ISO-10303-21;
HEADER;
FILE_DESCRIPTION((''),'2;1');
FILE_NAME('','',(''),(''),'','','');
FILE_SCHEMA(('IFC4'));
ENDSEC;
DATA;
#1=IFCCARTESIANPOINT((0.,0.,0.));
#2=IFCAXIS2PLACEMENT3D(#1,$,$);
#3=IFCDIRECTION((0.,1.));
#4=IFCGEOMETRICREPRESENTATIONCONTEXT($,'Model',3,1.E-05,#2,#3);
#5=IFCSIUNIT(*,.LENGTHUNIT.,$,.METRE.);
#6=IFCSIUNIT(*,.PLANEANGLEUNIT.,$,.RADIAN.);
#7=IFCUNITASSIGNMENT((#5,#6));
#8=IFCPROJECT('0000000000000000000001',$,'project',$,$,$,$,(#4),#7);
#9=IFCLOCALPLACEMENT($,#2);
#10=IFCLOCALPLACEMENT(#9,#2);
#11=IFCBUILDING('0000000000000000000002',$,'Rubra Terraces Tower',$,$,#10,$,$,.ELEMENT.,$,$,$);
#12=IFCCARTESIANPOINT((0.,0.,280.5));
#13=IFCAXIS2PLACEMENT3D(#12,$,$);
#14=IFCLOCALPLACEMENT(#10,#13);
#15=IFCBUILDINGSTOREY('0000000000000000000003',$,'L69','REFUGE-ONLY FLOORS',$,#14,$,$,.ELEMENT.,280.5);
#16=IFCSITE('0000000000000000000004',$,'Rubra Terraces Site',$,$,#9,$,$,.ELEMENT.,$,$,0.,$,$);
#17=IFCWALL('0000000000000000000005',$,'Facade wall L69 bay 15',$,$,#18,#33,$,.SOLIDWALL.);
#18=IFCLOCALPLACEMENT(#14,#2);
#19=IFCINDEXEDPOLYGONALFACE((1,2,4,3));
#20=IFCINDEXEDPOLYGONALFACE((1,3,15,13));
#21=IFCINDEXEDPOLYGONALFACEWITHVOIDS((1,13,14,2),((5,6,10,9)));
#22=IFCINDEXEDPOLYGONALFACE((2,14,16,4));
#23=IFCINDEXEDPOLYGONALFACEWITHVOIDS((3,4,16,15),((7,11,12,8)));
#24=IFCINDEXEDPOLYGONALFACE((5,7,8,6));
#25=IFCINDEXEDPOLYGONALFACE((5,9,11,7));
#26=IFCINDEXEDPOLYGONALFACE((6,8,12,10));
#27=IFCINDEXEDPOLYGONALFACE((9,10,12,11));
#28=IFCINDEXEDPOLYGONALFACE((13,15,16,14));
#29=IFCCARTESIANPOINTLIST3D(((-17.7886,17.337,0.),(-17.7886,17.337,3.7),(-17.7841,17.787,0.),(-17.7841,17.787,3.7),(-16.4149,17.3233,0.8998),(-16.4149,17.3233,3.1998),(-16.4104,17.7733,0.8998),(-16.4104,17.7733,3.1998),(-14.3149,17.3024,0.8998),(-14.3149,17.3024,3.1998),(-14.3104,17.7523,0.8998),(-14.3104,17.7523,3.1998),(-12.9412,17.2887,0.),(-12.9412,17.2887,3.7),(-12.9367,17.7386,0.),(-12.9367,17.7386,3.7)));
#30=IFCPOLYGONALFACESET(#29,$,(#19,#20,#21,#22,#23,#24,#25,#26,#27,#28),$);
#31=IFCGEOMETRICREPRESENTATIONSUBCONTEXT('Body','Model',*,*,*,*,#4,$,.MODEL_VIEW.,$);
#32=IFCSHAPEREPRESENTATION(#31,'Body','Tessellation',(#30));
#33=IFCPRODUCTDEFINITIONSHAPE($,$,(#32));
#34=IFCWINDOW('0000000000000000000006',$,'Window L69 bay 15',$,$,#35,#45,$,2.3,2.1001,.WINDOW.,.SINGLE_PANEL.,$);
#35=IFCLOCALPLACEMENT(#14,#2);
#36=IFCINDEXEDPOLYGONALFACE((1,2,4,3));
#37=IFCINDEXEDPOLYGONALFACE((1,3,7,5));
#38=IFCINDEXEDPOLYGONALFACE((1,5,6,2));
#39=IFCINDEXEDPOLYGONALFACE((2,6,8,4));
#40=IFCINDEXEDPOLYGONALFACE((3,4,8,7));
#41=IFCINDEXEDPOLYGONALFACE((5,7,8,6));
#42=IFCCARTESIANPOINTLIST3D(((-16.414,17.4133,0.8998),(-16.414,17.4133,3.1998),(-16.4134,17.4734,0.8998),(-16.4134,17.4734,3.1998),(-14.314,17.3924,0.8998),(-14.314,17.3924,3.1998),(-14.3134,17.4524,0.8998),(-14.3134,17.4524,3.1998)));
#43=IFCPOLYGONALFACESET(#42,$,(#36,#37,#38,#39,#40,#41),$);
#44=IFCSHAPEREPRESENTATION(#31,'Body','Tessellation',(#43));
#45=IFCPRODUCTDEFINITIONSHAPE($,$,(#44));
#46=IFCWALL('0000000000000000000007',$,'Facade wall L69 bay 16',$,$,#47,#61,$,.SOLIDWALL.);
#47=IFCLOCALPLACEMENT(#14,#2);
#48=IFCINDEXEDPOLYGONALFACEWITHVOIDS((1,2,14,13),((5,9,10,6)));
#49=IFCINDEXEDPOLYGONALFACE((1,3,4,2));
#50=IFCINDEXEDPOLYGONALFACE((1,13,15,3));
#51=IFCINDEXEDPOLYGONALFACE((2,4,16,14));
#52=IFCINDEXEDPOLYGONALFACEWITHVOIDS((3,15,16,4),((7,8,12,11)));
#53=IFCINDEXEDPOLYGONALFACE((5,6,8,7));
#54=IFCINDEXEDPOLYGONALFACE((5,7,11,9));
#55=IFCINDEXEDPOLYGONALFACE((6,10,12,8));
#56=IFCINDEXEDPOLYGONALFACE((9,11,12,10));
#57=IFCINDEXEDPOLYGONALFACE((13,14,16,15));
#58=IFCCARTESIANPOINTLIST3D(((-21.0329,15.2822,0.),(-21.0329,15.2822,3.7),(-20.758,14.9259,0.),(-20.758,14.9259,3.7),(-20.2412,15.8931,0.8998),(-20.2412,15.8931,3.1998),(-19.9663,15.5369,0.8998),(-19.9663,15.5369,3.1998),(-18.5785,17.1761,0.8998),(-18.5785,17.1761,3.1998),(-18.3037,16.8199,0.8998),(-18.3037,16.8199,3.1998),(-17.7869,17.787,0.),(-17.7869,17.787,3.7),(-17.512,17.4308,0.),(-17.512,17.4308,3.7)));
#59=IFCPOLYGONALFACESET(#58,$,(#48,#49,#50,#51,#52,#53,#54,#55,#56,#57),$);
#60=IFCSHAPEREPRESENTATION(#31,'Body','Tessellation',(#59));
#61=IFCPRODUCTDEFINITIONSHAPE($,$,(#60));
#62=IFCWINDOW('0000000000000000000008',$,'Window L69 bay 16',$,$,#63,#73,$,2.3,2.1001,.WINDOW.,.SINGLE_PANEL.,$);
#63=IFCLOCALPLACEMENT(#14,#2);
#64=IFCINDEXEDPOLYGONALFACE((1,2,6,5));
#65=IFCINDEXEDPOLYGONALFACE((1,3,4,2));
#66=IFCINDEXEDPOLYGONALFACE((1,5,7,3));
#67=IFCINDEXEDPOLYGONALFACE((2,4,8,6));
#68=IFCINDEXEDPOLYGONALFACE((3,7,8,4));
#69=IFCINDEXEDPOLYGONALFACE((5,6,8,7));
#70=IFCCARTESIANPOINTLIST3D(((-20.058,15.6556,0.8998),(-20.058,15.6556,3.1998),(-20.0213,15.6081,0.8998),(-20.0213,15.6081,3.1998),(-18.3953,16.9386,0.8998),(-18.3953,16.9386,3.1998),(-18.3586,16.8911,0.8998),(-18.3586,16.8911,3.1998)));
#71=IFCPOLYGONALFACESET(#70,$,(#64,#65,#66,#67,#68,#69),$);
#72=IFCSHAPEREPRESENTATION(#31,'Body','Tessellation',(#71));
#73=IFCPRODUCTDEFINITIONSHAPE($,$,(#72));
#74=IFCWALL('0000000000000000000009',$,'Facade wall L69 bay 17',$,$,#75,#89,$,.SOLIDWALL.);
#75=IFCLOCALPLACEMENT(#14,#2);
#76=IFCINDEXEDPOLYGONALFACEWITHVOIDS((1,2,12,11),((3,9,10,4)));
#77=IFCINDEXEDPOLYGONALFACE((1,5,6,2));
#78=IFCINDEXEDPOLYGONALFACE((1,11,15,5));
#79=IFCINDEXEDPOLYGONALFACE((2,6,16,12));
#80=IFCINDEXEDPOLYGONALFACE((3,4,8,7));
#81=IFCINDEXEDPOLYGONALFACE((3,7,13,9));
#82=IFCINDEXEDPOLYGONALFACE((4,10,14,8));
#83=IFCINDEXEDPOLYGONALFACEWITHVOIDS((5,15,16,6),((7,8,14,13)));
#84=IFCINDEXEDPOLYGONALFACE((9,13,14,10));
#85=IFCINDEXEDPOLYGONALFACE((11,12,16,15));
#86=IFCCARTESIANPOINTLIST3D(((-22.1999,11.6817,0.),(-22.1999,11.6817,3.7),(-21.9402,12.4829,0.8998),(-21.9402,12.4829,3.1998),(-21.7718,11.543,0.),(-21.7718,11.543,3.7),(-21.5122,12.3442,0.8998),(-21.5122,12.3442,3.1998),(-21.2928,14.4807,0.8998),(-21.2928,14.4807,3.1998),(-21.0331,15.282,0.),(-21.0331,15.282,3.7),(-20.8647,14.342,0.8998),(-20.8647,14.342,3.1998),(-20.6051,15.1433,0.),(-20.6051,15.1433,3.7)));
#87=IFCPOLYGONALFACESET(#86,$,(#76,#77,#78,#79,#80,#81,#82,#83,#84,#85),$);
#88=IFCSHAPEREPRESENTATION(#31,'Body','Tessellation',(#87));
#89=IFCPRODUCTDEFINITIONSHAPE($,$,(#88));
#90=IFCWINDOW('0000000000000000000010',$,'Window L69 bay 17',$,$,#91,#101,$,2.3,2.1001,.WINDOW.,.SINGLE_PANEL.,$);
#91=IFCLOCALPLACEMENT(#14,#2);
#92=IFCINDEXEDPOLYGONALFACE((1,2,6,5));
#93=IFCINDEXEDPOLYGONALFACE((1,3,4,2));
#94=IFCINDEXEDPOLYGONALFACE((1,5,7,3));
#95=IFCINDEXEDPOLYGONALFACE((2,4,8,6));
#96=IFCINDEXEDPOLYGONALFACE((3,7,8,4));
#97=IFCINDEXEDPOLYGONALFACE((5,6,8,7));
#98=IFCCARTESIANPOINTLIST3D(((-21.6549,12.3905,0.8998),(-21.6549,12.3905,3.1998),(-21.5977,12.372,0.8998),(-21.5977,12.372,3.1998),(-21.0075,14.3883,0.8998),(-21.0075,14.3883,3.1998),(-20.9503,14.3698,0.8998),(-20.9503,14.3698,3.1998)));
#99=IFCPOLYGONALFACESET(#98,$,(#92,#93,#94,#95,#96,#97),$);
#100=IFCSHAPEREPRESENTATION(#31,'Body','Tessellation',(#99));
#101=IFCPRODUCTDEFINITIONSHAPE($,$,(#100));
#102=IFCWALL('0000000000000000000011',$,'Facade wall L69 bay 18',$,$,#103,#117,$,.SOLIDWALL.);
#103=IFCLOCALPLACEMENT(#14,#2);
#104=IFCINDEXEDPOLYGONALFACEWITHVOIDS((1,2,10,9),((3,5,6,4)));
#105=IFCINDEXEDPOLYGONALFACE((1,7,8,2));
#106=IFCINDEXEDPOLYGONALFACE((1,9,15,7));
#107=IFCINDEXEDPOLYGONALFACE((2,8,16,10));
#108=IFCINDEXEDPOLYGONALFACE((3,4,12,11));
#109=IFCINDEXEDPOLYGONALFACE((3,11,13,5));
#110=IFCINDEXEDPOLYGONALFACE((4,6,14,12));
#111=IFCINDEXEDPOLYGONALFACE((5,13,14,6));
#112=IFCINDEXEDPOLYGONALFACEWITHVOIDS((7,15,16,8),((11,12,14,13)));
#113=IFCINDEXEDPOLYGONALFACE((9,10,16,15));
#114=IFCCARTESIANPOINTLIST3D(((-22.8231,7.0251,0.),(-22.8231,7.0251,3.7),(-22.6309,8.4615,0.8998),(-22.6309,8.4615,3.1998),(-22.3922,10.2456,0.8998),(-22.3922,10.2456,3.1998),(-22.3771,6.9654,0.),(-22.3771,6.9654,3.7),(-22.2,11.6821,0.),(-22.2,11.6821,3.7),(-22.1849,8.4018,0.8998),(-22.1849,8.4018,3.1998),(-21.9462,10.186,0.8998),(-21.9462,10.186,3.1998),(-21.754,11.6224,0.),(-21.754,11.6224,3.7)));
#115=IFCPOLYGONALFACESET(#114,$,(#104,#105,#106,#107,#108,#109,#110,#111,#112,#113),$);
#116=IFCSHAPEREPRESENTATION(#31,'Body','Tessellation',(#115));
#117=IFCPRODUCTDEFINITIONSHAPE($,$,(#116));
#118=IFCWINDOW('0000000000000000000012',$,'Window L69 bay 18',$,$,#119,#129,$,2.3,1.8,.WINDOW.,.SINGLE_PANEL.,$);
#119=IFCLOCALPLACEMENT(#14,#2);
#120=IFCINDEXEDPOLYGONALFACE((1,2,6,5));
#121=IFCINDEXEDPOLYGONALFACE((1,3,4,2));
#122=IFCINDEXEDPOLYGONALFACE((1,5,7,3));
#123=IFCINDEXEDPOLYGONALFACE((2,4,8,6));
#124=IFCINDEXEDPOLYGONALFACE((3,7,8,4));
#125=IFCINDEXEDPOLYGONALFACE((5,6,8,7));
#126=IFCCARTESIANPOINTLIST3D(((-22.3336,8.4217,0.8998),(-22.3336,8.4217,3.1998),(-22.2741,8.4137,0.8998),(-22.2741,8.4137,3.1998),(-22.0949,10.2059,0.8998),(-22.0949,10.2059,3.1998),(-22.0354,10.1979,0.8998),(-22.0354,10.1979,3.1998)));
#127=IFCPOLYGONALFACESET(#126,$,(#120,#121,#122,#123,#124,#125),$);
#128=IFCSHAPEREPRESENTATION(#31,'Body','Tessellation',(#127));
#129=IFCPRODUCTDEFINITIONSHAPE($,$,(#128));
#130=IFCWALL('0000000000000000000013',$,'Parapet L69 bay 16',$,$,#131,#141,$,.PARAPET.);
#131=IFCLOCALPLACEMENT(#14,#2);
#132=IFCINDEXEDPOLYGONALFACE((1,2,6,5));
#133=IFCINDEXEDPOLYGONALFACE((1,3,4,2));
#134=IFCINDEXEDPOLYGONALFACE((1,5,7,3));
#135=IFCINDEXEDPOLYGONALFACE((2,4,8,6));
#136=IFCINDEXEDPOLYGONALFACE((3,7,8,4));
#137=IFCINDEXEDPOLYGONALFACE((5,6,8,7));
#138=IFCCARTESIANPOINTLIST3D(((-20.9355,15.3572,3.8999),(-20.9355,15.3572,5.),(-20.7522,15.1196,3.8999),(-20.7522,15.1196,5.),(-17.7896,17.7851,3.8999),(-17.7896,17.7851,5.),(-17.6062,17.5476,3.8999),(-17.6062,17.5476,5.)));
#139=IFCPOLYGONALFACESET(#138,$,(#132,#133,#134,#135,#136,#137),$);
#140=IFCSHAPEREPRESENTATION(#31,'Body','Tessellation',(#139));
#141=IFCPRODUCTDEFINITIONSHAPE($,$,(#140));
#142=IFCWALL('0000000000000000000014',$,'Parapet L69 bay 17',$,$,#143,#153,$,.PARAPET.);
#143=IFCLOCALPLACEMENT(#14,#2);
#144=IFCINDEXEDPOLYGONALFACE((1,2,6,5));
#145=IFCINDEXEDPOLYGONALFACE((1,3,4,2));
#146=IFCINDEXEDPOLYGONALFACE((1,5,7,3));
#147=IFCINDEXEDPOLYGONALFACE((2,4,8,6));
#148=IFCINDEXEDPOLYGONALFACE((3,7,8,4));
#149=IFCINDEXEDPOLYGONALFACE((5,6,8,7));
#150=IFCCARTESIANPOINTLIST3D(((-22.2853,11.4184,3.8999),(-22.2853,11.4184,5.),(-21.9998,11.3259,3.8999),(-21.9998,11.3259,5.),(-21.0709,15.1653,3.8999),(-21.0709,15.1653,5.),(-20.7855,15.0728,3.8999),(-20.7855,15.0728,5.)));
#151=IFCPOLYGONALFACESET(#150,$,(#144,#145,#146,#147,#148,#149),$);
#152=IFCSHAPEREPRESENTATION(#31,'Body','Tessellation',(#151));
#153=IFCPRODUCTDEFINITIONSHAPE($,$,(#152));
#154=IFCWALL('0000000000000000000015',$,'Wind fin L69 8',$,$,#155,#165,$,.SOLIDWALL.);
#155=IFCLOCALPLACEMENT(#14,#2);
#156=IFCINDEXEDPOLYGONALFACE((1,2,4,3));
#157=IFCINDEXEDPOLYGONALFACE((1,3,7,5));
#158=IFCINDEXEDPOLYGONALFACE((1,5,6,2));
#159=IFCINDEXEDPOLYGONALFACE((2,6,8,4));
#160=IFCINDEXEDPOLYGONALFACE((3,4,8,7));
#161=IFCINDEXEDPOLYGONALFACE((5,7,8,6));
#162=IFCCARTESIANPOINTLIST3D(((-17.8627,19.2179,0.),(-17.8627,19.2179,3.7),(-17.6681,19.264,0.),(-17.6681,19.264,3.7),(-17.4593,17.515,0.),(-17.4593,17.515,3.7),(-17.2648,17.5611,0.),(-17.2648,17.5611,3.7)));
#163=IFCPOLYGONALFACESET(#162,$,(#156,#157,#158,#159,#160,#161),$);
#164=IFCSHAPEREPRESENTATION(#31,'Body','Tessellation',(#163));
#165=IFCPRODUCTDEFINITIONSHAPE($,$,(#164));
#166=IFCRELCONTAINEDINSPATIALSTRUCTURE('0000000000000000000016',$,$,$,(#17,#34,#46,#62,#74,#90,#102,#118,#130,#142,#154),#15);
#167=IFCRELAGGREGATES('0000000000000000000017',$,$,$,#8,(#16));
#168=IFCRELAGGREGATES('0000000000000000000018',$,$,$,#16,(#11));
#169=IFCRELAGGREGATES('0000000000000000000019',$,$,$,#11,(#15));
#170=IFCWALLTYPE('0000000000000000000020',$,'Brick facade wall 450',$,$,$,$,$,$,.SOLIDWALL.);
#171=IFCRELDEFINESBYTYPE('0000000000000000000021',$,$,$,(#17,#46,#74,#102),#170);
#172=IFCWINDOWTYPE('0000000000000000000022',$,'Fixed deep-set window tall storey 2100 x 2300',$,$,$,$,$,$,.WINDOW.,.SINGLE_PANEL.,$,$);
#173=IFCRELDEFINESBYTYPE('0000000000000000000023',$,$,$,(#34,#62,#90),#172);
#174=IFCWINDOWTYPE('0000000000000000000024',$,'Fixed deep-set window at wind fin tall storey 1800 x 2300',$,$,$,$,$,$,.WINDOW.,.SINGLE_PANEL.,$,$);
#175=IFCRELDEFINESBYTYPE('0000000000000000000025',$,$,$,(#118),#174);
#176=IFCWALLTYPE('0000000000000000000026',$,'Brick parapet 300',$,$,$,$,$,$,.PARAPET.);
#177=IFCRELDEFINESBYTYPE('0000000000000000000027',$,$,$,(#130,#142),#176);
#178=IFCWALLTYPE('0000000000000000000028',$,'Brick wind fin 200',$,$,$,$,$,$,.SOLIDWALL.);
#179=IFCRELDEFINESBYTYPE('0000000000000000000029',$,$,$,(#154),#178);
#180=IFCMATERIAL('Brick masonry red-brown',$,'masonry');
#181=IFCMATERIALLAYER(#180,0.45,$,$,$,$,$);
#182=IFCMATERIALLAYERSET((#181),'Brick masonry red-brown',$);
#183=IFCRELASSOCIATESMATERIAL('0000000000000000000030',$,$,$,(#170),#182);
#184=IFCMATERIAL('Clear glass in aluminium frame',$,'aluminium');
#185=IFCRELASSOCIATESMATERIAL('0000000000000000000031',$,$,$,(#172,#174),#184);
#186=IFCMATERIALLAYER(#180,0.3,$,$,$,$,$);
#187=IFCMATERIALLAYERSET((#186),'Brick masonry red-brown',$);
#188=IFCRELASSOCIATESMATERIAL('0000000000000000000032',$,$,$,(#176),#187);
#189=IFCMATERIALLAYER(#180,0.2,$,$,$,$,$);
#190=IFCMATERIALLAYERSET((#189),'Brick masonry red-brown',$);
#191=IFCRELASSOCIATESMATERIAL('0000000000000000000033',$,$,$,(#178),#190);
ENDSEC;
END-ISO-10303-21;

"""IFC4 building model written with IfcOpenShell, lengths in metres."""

from ifc_helpers import new_model, si_unit, direction, frame, frame_2d, origin, place, context, subcontext, project, spatial, rectangle, extrude, material, layer, layer_set, type_object, element, fill, save


model = new_model("IFC4")

# Units and contexts
model_context = context("Model", 3, precision=1e-05, world=origin(), true_north=direction((0.0, 1.0)))
body_context = subcontext(model_context, "Body", "Model", "MODEL_VIEW")
ifc_project = project(units=[si_unit("LENGTHUNIT", "METRE"), si_unit("PLANEANGLEUNIT", "RADIAN")], contexts=[model_context])

# Site, building, storey
site_placement = place(None, origin())
site = spatial("IfcSite", under=ifc_project, at=site_placement, Name="Rubra Terraces Site", CompositionType="ELEMENT", RefElevation=0.0)
building_placement = place(site_placement, origin())
building = spatial("IfcBuilding", under=site, at=building_placement, Name="Rubra Terraces Tower", CompositionType="ELEMENT")
storey_placement = place(building_placement, frame((0.0, 0.0, 280.5)))
storey = spatial("IfcBuildingStorey", under=building, at=storey_placement, Name="L69", Description="REFUGE-ONLY FLOORS", CompositionType="ELEMENT", Elevation=280.5)

# Walls, openings, windows
ifc_material_1 = material(Name="Brick masonry red-brown", Category="masonry")
ifc_layer_1 = layer(ifc_material_1, 0.45)
ifc_layer_set_1 = layer_set([ifc_layer_1], Name="Brick masonry red-brown")
wall_type_1 = type_object("IfcWallType", Name="Brick facade wall 450", PredefinedType="SOLIDWALL", material=ifc_layer_set_1)
wall_1_placement = place(storey_placement, frame((-12.939, 17.5137, 0.0), z_axis=(0.0, 0.0, 1.0), x_axis=(-0.99995, 0.009972, 0.0)))
wall_1 = element("IfcWall", 1, at=wall_1_placement, inside=storey, type_object=wall_type_1, Name="Facade wall L69 bay 15", PredefinedType="SOLIDWALL", context=body_context, shape_type="SweptSolid", body=[
    extrude(rectangle(XDim=4.8477, YDim=0.45, at=frame_2d((2.4238, 0.0))), origin(), (0.0, 0.0, 1.0), 3.7),
])
opening_1_placement = place(wall_1_placement, frame((1.3738, 0.0, 0.8999)))
opening_1 = element("IfcOpeningElement", 2, at=opening_1_placement, cuts=wall_1, PredefinedType="OPENING", context=body_context, shape_type="SweptSolid", body=[
    extrude(rectangle(XDim=2.1001, YDim=2.3, at=frame_2d((1.05, 1.1499))), frame((0.0, 0.2349, 0.0), z_axis=(0.0, -1.0, 0.0), x_axis=(1.0, 0.0, 0.0)), (0.0, 0.0, 1.0), 0.47),
])
ifc_material_2 = material(Name="Clear glass in aluminium frame", Category="aluminium")
window_type_1 = type_object("IfcWindowType", Name="Fixed deep-set window tall storey 2100 x 2300", PartitioningType="SINGLE_PANEL", PredefinedType="WINDOW", material=ifc_material_2)
window_1_placement = place(opening_1_placement, origin())
window_1 = element("IfcWindow", 3, at=window_1_placement, inside=storey, type_object=window_type_1, Name="Window L69 bay 15", OverallHeight=2.3, OverallWidth=2.1001, PartitioningType="SINGLE_PANEL", PredefinedType="WINDOW", context=body_context, shape_type="SweptSolid", body=[
    extrude(rectangle(XDim=2.1001, YDim=2.3, at=frame_2d((1.05, 1.1499))), frame((0.0, 0.135, 0.0), z_axis=(0.0, -1.0, 0.0), x_axis=(1.0, 0.0, 0.0)), (0.0, 0.0, 1.0), 0.0601),
])
fill(opening_1, window_1)
wall_2_placement = place(storey_placement, frame((-17.6494, 17.6089, 0.0), z_axis=(0.0, 0.0, 1.0), x_axis=(-0.791693, -0.610919, 0.0)))
wall_2 = element("IfcWall", 4, at=wall_2_placement, inside=storey, type_object=wall_type_1, Name="Facade wall L69 bay 16", PredefinedType="SOLIDWALL", context=body_context, shape_type="SweptSolid", body=[
    extrude(rectangle(XDim=4.1001, YDim=0.45, at=frame_2d((2.05, 0.0))), origin(), (0.0, 0.0, 1.0), 3.7),
])
opening_2_placement = place(wall_2_placement, frame((1.0, 0.0, 0.8999)))
opening_2 = element("IfcOpeningElement", 5, at=opening_2_placement, cuts=wall_2, PredefinedType="OPENING", context=body_context, shape_type="SweptSolid", body=[
    extrude(rectangle(XDim=2.1001, YDim=2.3, at=frame_2d((1.05, 1.1499))), frame((0.0, 0.2349, 0.0), z_axis=(0.0, -1.0, 0.0), x_axis=(1.0, 0.0, 0.0)), (0.0, 0.0, 1.0), 0.47),
])
window_2_placement = place(opening_2_placement, origin())
window_2 = element("IfcWindow", 6, at=window_2_placement, inside=storey, type_object=window_type_1, Name="Window L69 bay 16", OverallHeight=2.3, OverallWidth=2.1001, PartitioningType="SINGLE_PANEL", PredefinedType="WINDOW", context=body_context, shape_type="SweptSolid", body=[
    extrude(rectangle(XDim=2.1001, YDim=2.3, at=frame_2d((1.05, 1.1499))), frame((0.0, 0.135, 0.0), z_axis=(0.0, -1.0, 0.0), x_axis=(1.0, 0.0, 0.0)), (0.0, 0.0, 1.0), 0.0601),
])
fill(opening_2, window_2)
wall_3_placement = place(storey_placement, frame((-20.8191, 15.2126, 0.0), z_axis=(0.0, 0.0, 1.0), x_axis=(-0.308282, -0.951295, 0.0)))
wall_3 = element("IfcWall", 7, at=wall_3_placement, inside=storey, type_object=wall_type_1, Name="Facade wall L69 bay 17", PredefinedType="SOLIDWALL", context=body_context, shape_type="SweptSolid", body=[
    extrude(rectangle(XDim=3.7847, YDim=0.45, at=frame_2d((1.8923, 0.0))), origin(), (0.0, 0.0, 1.0), 3.7),
])
opening_3_placement = place(wall_3_placement, frame((0.8423, 0.0, 0.8999)))
opening_3 = element("IfcOpeningElement", 8, at=opening_3_placement, cuts=wall_3, PredefinedType="OPENING", context=body_context, shape_type="SweptSolid", body=[
    extrude(rectangle(XDim=2.1001, YDim=2.3, at=frame_2d((1.05, 1.1499))), frame((0.0, 0.2349, 0.0), z_axis=(0.0, -1.0, 0.0), x_axis=(1.0, 0.0, 0.0)), (0.0, 0.0, 1.0), 0.47),
])
window_3_placement = place(opening_3_placement, origin())
window_3 = element("IfcWindow", 9, at=window_3_placement, inside=storey, type_object=window_type_1, Name="Window L69 bay 17", OverallHeight=2.3, OverallWidth=2.1001, PartitioningType="SINGLE_PANEL", PredefinedType="WINDOW", context=body_context, shape_type="SweptSolid", body=[
    extrude(rectangle(XDim=2.1001, YDim=2.3, at=frame_2d((1.05, 1.1499))), frame((0.0, 0.135, 0.0), z_axis=(0.0, -1.0, 0.0), x_axis=(1.0, 0.0, 0.0)), (0.0, 0.0, 1.0), 0.0601),
])
fill(opening_3, window_3)
wall_4_placement = place(storey_placement, frame((-21.9771, 11.6521, 0.0), z_axis=(0.0, 0.0, 1.0), x_axis=(-0.132606, -0.991169, 0.0)))
wall_4 = element("IfcWall", 10, at=wall_4_placement, inside=storey, type_object=wall_type_1, Name="Facade wall L69 bay 18", PredefinedType="SOLIDWALL", context=body_context, shape_type="SweptSolid", body=[
    extrude(rectangle(XDim=4.6985, YDim=0.45, at=frame_2d((2.3491, 0.0))), origin(), (0.0, 0.0, 1.0), 3.7),
])
opening_4_placement = place(wall_4_placement, frame((1.4492, 0.0, 0.8999)))
opening_4 = element("IfcOpeningElement", 11, at=opening_4_placement, cuts=wall_4, PredefinedType="OPENING", context=body_context, shape_type="SweptSolid", body=[
    extrude(rectangle(XDim=1.8, YDim=2.3, at=frame_2d((0.8999, 1.1499))), frame((0.0, 0.2349, 0.0), z_axis=(0.0, -1.0, 0.0), x_axis=(1.0, 0.0, 0.0)), (0.0, 0.0, 1.0), 0.47),
])
window_type_2 = type_object("IfcWindowType", Name="Fixed deep-set window at wind fin tall storey 1800 x 2300", PartitioningType="SINGLE_PANEL", PredefinedType="WINDOW", material=ifc_material_2)
window_4_placement = place(opening_4_placement, origin())
window_4 = element("IfcWindow", 12, at=window_4_placement, inside=storey, type_object=window_type_2, Name="Window L69 bay 18", OverallHeight=2.3, OverallWidth=1.8, PartitioningType="SINGLE_PANEL", PredefinedType="WINDOW", context=body_context, shape_type="SweptSolid", body=[
    extrude(rectangle(XDim=1.8, YDim=2.3, at=frame_2d((0.8999, 1.1499))), frame((0.0, 0.135, 0.0), z_axis=(0.0, -1.0, 0.0), x_axis=(1.0, 0.0, 0.0)), (0.0, 0.0, 1.0), 0.0601),
])
fill(opening_4, window_4)

# Walls
ifc_layer_2 = layer(ifc_material_1, 0.3)
ifc_layer_set_2 = layer_set([ifc_layer_2], Name="Brick masonry red-brown")
wall_type_2 = type_object("IfcWallType", Name="Brick parapet 300", PredefinedType="PARAPET", material=ifc_layer_set_2)
wall_5_placement = place(storey_placement, frame((-17.698, 17.6663, 3.8999), z_axis=(0.0, 0.0, 1.0), x_axis=(-0.791652, -0.610972, 0.0)))
element("IfcWall", 13, at=wall_5_placement, inside=storey, type_object=wall_type_2, Name="Parapet L69 bay 16", PredefinedType="PARAPET", context=body_context, shape_type="SweptSolid", body=[
    extrude(rectangle(XDim=3.9739, YDim=0.3, at=frame_2d((1.9868, 0.0))), origin(), (0.0, 0.0, 1.0), 1.1001),
])
wall_6_placement = place(storey_placement, frame((-20.9282, 15.1189, 3.8999), z_axis=(0.0, 0.0, 1.0), x_axis=(-0.308314, -0.951285, 0.0)))
element("IfcWall", 14, at=wall_6_placement, inside=storey, type_object=wall_type_2, Name="Parapet L69 bay 17", PredefinedType="PARAPET", context=body_context, shape_type="SweptSolid", body=[
    extrude(rectangle(XDim=3.9387, YDim=0.3, at=frame_2d((1.9692, 0.0))), origin(), (0.0, 0.0, 1.0), 1.1001),
])
ifc_layer_3 = layer(ifc_material_1, 0.2)
ifc_layer_set_3 = layer_set([ifc_layer_3], Name="Brick masonry red-brown")
wall_type_3 = type_object("IfcWallType", Name="Brick wind fin 200", PredefinedType="SOLIDWALL", material=ifc_layer_set_3)
wall_7_placement = place(storey_placement, frame((-17.3621, 17.5381, 0.0), z_axis=(0.0, 0.0, 1.0), x_axis=(-0.23047, 0.973079, 0.0)))
element("IfcWall", 15, at=wall_7_placement, inside=storey, type_object=wall_type_3, Name="Wind fin L69 8", PredefinedType="SOLIDWALL", context=body_context, shape_type="SweptSolid", body=[
    extrude(rectangle(XDim=1.75, YDim=0.2, at=frame_2d((0.875, 0.0))), origin(), (0.0, 0.0, 1.0), 3.7),
])

save(model, "model.ifc")
